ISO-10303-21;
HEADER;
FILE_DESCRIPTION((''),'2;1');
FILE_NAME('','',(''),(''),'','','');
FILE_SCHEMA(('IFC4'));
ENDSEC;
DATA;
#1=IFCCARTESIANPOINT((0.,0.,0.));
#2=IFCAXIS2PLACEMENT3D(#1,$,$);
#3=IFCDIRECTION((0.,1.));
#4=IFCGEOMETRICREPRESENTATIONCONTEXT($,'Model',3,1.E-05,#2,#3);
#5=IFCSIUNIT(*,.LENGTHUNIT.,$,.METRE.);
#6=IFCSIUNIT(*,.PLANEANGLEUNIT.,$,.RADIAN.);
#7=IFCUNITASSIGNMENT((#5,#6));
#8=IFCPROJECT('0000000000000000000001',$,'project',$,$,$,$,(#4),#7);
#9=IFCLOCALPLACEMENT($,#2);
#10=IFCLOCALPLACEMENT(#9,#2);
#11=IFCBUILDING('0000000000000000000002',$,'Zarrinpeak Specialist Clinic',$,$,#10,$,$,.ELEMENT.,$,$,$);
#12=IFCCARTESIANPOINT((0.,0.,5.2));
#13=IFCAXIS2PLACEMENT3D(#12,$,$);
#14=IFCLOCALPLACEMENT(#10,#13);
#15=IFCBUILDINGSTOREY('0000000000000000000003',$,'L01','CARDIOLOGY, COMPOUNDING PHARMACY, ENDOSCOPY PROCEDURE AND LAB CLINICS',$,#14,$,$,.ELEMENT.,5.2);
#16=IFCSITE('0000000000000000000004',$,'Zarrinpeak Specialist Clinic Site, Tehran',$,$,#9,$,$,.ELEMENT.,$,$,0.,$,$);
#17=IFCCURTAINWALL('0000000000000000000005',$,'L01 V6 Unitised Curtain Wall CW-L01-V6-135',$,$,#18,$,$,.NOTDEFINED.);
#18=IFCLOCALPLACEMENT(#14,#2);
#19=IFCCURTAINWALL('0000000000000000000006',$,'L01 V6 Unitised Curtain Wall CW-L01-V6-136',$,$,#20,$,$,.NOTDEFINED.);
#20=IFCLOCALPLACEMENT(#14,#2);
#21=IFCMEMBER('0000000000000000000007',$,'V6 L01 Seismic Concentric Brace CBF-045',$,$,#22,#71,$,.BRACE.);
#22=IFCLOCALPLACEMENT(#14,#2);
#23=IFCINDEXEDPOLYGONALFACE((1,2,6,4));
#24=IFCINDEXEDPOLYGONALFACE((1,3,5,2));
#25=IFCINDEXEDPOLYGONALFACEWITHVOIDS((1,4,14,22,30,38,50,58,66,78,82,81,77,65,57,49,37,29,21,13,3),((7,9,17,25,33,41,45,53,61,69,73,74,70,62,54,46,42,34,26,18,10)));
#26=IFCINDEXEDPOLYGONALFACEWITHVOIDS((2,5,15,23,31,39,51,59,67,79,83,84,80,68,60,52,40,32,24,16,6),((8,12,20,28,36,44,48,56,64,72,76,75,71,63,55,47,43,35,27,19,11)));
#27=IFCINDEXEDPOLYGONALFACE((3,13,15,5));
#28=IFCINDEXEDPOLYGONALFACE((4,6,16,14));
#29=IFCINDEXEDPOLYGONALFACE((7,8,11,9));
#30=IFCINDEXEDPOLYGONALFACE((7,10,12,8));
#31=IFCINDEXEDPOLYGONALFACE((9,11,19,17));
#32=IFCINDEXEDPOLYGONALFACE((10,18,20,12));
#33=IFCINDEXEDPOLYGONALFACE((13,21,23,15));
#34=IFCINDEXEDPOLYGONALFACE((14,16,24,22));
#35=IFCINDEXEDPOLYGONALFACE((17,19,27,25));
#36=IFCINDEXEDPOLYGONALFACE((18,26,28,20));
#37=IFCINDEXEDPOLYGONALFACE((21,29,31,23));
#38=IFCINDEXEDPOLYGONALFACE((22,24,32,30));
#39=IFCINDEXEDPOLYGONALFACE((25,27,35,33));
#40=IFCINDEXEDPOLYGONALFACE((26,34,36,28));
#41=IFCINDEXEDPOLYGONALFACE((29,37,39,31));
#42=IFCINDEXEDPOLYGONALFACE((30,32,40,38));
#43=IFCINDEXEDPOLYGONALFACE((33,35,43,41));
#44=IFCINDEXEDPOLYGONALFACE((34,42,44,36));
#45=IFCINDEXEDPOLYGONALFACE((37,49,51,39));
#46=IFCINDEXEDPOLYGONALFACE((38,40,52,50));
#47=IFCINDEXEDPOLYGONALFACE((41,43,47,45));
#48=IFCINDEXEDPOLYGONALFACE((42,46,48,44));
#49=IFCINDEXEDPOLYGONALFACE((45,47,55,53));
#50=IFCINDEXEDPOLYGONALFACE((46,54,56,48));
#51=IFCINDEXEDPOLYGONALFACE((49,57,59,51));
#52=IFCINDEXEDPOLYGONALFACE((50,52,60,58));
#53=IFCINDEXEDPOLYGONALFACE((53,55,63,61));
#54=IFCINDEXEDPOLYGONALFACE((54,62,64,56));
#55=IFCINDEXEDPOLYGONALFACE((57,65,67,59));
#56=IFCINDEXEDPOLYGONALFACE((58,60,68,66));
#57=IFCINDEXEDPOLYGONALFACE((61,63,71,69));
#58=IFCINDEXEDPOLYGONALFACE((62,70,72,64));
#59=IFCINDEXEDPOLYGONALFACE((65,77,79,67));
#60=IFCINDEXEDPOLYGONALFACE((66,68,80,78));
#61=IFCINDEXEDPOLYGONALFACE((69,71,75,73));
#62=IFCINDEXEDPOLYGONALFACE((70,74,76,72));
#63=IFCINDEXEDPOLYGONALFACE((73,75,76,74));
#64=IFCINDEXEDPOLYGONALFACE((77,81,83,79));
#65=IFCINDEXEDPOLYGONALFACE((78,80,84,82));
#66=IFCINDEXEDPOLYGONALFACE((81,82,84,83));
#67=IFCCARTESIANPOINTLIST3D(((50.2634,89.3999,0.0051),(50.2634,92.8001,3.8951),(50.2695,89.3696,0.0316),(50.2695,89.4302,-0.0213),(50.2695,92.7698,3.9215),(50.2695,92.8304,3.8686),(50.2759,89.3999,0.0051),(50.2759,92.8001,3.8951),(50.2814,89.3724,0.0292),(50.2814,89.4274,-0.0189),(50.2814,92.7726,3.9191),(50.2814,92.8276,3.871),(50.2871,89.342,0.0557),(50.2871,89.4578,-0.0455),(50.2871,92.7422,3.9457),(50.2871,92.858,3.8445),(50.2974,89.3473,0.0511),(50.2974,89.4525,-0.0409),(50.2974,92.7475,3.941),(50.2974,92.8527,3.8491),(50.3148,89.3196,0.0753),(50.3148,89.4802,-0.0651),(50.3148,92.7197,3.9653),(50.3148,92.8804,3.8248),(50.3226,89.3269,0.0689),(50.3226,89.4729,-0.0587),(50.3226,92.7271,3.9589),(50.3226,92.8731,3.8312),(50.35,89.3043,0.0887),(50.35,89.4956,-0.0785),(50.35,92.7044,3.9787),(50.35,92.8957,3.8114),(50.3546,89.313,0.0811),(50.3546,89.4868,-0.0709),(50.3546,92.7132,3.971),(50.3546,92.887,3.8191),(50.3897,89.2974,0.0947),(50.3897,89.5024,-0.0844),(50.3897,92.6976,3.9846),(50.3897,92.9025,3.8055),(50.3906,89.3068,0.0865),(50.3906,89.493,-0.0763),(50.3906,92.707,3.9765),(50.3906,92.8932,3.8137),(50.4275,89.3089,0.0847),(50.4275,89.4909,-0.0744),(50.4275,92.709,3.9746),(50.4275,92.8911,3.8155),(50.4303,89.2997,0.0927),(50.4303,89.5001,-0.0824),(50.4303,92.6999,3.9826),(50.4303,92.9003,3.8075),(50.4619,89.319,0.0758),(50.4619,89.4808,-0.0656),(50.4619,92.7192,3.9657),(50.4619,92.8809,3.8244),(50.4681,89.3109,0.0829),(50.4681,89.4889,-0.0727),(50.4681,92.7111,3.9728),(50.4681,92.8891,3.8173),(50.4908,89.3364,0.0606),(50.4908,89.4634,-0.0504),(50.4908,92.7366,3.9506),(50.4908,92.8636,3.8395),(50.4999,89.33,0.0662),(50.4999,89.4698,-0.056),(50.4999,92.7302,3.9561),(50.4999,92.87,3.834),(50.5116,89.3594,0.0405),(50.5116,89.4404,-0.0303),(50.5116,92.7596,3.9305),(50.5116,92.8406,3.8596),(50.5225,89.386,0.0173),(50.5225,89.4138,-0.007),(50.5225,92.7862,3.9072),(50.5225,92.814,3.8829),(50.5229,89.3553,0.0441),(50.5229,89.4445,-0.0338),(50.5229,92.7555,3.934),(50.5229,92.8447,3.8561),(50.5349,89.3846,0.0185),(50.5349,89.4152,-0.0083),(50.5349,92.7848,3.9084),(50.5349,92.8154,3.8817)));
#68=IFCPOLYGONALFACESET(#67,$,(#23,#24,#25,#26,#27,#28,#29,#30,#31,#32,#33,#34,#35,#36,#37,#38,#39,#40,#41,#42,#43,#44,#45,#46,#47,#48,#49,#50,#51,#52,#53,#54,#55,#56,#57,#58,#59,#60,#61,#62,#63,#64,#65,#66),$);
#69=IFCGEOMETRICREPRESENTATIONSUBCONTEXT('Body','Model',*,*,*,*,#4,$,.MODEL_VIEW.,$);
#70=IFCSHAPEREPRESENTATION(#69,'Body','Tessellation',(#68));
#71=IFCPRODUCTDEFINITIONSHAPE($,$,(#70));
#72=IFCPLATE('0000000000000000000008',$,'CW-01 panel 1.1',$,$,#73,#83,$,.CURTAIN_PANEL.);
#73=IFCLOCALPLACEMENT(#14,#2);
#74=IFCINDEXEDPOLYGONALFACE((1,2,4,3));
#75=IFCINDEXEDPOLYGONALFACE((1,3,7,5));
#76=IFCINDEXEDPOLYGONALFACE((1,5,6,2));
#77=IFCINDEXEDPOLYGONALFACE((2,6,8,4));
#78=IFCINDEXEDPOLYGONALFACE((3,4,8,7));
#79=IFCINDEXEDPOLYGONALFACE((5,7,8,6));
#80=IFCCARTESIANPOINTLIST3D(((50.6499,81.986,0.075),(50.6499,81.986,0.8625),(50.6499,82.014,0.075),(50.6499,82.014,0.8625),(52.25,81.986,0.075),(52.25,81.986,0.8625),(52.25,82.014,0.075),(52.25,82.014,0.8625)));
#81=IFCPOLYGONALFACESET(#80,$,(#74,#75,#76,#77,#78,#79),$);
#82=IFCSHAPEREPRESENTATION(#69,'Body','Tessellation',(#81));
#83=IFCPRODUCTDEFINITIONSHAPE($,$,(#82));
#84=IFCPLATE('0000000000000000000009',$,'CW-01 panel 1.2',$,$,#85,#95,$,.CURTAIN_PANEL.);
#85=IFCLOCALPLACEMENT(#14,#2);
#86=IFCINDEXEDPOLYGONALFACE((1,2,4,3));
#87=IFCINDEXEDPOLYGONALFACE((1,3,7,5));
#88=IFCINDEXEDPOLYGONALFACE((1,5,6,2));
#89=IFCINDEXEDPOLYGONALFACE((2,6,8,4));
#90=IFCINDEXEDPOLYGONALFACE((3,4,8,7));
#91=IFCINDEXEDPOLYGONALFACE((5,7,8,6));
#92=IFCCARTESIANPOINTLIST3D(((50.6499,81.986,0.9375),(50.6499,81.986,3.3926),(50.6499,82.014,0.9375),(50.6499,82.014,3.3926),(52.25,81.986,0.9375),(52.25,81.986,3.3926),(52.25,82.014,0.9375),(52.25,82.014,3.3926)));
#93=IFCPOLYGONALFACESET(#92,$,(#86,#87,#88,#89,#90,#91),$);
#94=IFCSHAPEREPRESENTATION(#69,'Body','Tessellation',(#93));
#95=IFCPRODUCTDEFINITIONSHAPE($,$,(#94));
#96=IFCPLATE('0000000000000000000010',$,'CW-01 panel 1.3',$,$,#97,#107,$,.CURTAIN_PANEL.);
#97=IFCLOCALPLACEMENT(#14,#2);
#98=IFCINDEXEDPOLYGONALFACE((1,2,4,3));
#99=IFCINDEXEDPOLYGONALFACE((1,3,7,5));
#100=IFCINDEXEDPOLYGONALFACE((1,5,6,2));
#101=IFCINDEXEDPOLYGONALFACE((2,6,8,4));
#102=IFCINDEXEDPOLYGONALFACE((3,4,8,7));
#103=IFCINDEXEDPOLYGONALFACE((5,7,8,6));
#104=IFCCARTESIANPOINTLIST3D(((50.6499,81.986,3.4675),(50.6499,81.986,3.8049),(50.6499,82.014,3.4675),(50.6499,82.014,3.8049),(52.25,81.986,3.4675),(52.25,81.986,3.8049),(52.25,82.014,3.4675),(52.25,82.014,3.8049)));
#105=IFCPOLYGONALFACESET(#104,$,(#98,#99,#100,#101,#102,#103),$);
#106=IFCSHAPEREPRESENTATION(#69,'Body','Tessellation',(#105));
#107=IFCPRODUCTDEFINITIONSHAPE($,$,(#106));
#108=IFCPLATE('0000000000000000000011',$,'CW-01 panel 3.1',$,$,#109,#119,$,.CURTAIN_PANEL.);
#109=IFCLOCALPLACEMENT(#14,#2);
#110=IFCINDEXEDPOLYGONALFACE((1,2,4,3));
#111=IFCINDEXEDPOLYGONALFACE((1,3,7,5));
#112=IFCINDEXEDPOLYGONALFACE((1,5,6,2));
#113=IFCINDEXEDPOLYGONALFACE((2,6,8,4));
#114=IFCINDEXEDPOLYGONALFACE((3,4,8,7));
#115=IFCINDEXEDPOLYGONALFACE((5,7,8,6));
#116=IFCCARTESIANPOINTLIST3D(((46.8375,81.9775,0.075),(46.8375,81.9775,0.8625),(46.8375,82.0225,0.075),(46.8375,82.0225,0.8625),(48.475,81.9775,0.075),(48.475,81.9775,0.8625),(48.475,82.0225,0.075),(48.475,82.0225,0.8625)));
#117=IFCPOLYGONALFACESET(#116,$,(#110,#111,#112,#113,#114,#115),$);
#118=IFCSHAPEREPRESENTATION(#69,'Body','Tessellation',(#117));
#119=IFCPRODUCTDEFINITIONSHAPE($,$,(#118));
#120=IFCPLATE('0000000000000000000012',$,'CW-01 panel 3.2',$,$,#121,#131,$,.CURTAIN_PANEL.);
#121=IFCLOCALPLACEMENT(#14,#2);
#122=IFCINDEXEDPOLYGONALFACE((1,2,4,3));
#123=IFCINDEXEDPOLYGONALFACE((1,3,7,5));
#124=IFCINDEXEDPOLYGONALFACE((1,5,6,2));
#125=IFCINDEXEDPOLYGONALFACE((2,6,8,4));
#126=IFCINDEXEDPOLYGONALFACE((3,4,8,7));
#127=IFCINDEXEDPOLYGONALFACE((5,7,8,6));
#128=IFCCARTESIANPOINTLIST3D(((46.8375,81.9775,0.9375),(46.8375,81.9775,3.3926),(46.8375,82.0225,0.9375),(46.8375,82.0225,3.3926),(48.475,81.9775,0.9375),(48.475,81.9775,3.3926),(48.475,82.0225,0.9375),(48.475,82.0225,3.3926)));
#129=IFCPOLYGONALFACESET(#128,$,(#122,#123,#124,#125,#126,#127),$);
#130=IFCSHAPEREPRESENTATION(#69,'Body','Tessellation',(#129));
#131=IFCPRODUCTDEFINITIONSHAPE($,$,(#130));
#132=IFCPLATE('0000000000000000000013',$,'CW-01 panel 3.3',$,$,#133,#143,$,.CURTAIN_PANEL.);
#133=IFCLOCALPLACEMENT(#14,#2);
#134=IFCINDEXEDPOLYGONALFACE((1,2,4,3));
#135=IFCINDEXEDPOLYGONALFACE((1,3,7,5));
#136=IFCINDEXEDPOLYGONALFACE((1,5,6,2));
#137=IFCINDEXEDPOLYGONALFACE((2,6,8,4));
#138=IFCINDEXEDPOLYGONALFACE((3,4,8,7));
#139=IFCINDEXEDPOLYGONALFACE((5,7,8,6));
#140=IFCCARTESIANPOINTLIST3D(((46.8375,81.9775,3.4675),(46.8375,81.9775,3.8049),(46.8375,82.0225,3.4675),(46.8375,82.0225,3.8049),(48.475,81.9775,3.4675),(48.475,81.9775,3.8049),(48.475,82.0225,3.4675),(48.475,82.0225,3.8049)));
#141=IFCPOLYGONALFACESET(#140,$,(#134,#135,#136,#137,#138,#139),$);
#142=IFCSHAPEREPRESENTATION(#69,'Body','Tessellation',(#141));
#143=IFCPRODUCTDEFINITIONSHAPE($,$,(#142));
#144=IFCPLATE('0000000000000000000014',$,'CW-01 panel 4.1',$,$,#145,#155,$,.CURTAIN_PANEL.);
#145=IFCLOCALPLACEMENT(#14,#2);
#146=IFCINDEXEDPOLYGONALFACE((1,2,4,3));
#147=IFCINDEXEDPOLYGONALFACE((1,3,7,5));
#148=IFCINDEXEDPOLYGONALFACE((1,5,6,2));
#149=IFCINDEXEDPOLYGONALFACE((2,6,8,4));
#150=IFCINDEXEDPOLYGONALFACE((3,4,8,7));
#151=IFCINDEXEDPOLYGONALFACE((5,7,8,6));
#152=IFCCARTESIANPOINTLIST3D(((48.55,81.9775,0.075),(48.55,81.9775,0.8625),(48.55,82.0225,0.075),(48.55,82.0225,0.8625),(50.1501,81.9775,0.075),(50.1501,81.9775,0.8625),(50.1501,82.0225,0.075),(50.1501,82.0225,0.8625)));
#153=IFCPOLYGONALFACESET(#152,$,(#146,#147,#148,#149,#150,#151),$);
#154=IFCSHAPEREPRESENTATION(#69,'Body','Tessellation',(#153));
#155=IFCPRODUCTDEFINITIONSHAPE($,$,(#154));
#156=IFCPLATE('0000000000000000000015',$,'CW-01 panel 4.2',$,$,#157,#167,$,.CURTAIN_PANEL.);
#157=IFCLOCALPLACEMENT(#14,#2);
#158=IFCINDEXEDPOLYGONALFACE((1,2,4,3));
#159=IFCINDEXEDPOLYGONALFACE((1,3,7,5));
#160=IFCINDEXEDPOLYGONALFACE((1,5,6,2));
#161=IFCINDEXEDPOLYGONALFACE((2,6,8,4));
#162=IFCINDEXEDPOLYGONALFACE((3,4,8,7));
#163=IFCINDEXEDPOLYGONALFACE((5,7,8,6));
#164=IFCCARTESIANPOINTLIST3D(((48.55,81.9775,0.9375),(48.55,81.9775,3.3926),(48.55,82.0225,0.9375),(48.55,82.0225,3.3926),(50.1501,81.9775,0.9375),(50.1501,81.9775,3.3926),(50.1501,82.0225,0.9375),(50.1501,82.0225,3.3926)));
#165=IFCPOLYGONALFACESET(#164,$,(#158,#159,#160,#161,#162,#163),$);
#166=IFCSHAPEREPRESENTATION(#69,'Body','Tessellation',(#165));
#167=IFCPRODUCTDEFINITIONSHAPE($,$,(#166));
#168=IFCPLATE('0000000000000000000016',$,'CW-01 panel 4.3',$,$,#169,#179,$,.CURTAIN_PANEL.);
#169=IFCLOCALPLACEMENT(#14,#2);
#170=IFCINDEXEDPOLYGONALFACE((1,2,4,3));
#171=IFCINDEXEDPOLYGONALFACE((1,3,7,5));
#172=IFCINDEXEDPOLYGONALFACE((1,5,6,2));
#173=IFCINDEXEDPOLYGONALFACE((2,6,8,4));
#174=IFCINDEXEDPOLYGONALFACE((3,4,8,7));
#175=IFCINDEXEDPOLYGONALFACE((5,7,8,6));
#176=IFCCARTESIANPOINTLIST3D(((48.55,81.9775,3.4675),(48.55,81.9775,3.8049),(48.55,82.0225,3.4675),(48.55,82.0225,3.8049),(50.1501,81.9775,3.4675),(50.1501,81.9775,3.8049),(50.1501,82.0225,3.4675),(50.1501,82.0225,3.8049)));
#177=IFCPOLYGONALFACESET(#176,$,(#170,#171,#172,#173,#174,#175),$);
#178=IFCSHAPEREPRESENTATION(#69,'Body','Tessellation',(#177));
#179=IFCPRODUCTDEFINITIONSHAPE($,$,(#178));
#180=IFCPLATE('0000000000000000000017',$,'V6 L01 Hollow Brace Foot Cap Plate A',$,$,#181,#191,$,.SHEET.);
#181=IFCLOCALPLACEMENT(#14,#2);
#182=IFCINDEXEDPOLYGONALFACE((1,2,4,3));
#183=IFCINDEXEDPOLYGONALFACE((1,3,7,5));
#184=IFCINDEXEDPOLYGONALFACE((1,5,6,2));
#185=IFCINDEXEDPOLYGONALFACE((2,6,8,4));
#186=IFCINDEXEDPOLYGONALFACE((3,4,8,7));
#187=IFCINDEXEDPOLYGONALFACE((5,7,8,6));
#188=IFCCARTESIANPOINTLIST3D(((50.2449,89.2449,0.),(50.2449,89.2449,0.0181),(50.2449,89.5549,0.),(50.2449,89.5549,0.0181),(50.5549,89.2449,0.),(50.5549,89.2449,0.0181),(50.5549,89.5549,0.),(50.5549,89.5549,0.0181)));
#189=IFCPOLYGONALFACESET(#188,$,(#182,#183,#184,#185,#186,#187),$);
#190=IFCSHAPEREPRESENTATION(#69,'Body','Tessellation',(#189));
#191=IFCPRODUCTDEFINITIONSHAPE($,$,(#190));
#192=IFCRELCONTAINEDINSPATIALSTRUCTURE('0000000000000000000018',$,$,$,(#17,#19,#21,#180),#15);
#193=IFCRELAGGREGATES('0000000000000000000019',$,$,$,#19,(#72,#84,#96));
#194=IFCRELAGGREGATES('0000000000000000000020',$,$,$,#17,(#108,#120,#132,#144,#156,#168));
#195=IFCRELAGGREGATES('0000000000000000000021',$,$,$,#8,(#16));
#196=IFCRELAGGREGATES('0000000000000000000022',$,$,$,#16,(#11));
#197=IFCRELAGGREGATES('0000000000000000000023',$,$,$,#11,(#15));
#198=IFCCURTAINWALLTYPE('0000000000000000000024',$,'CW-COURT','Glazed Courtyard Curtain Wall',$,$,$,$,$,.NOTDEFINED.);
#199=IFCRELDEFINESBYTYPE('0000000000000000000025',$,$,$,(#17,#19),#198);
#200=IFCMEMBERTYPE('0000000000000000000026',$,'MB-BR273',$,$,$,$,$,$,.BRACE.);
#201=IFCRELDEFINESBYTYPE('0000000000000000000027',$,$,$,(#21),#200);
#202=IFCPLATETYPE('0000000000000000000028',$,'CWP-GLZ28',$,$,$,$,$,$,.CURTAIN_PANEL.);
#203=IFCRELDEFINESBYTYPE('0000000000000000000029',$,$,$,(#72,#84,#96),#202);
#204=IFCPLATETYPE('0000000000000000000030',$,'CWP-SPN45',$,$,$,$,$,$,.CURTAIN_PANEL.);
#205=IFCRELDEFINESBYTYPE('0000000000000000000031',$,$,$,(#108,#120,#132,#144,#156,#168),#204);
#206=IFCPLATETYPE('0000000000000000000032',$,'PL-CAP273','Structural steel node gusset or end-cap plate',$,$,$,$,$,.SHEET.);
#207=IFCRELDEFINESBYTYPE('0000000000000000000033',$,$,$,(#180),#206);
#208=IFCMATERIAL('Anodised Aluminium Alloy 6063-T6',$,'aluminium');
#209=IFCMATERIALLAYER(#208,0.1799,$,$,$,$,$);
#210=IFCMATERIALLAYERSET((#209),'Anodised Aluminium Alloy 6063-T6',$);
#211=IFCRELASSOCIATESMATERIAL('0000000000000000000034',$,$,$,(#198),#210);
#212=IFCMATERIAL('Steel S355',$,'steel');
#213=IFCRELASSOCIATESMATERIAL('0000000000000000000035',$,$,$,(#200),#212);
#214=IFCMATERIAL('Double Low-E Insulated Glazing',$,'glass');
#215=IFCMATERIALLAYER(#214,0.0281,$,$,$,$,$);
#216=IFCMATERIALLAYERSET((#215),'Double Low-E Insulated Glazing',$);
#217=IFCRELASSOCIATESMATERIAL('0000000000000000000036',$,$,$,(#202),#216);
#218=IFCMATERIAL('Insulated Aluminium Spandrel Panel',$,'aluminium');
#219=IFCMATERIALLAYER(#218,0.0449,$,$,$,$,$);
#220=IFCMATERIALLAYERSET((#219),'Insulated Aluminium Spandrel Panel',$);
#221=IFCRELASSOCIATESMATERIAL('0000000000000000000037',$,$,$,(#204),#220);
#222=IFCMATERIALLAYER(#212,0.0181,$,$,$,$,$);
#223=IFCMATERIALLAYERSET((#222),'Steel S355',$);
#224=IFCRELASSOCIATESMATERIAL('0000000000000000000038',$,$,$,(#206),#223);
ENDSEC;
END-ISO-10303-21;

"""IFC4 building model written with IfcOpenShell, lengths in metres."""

from ifc_helpers import new_model, si_unit, direction, frame, origin, origin_2d, place, context, subcontext, project, spatial, rectangle, hollow_circle, extrude, material, layer, layer_set, material_profile, profile_set, type_object, element, aggregate, save


model = new_model("IFC4")

# Units and contexts
model_context = context("Model", 3, precision=1e-05, world=origin(), true_north=direction((0.0, 1.0)))
body_context = subcontext(model_context, "Body", "Model", "MODEL_VIEW")
ifc_project = project(units=[si_unit("LENGTHUNIT", "METRE"), si_unit("PLANEANGLEUNIT", "RADIAN")], contexts=[model_context])

# Site, building, storey
site_placement = place(None, origin())
site = spatial("IfcSite", under=ifc_project, at=site_placement, Name="Zarrinpeak Specialist Clinic Site, Tehran", CompositionType="ELEMENT", RefElevation=0.0)
building_placement = place(site_placement, origin())
building = spatial("IfcBuilding", under=site, at=building_placement, Name="Zarrinpeak Specialist Clinic", CompositionType="ELEMENT")
storey_placement = place(building_placement, frame((0.0, 0.0, 5.2)))
storey = spatial("IfcBuildingStorey", under=building, at=storey_placement, Name="L01", Description="CARDIOLOGY, COMPOUNDING PHARMACY, ENDOSCOPY PROCEDURE AND LAB CLINICS", CompositionType="ELEMENT", Elevation=5.2)

# Shared definitions
ifc_material_1 = material(Name="Steel S355", Category="steel")

# Curtain wall
ifc_material_2 = material(Name="Anodised Aluminium Alloy 6063-T6", Category="aluminium")
ifc_layer_1 = layer(ifc_material_2, 0.1799)
ifc_layer_set_1 = layer_set([ifc_layer_1], Name="Anodised Aluminium Alloy 6063-T6")
curtain_wall_type = type_object("IfcCurtainWallType", Name="CW-COURT", Description="Glazed Courtyard Curtain Wall", PredefinedType="NOTDEFINED", material=ifc_layer_set_1)
curtain_wall_1_placement = place(storey_placement, origin())
curtain_wall_1 = element("IfcCurtainWall", 1, at=curtain_wall_1_placement, inside=storey, type_object=curtain_wall_type, Name="L01 V6 Unitised Curtain Wall CW-L01-V6-135", PredefinedType="NOTDEFINED")

# Curtain wall
curtain_wall_2_placement = place(storey_placement, origin())
curtain_wall_2 = element("IfcCurtainWall", 2, at=curtain_wall_2_placement, inside=storey, type_object=curtain_wall_type, Name="L01 V6 Unitised Curtain Wall CW-L01-V6-136", PredefinedType="NOTDEFINED")

# Member
ifc_material_profile_1 = material_profile(ifc_material_1, hollow_circle(Radius=0.1365, WallThickness=0.0125, at=origin_2d()), Name="CHS 273.0x12.5")
ifc_profile_set_1 = profile_set([ifc_material_profile_1], Name="Steel S355")
member_type_1 = type_object("IfcMemberType", Name="MB-BR273", PredefinedType="BRACE", material=ifc_profile_set_1)
member_1_placement = place(storey_placement, frame((50.3999, 89.3999, 0.0051), z_axis=(0.0, 0.65812, 0.752913), x_axis=(-1.0, 0.0, 0.0)))
element("IfcMember", 3, at=member_1_placement, inside=storey, type_object=member_type_1, Name="V6 L01 Seismic Concentric Brace CBF-045", PredefinedType="BRACE", context=body_context, shape_type="SweptSolid", body=[
    extrude(hollow_circle(Radius=0.1365, WallThickness=0.0125, at=origin_2d()), origin(), (0.0, 0.0, 1.0), 5.1665),
])

# Plates
ifc_material_3 = material(Name="Double Low-E Insulated Glazing", Category="glass")
ifc_layer_2 = layer(ifc_material_3, 0.0281)
ifc_layer_set_2 = layer_set([ifc_layer_2], Name="Double Low-E Insulated Glazing")
plate_type_1 = type_object("IfcPlateType", Name="CWP-GLZ28", PredefinedType="CURTAIN_PANEL", material=ifc_layer_set_2)
plate_1_placement = place(storey_placement, frame((51.45, 82.0, 0.075), z_axis=(0.0, 0.0, 1.0), x_axis=(1.0, 0.0, 0.0)))
plate_1 = element("IfcPlate", 4, at=plate_1_placement, type_object=plate_type_1, Name="CW-01 panel 1.1", PredefinedType="CURTAIN_PANEL", context=body_context, shape_type="SweptSolid", body=[
    extrude(rectangle(XDim=1.6001, YDim=0.0281, at=origin_2d()), origin(), (0.0, 0.0, 1.0), 0.7876),
])
plate_2_placement = place(storey_placement, frame((51.45, 82.0, 0.9375), z_axis=(0.0, 0.0, 1.0), x_axis=(1.0, 0.0, 0.0)))
plate_2 = element("IfcPlate", 5, at=plate_2_placement, type_object=plate_type_1, Name="CW-01 panel 1.2", PredefinedType="CURTAIN_PANEL", context=body_context, shape_type="SweptSolid", body=[
    extrude(rectangle(XDim=1.6001, YDim=0.0281, at=origin_2d()), origin(), (0.0, 0.0, 1.0), 2.4551),
])
plate_3_placement = place(storey_placement, frame((51.45, 82.0, 3.4675), z_axis=(0.0, 0.0, 1.0), x_axis=(1.0, 0.0, 0.0)))
plate_3 = element("IfcPlate", 6, at=plate_3_placement, type_object=plate_type_1, Name="CW-01 panel 1.3", PredefinedType="CURTAIN_PANEL", context=body_context, shape_type="SweptSolid", body=[
    extrude(rectangle(XDim=1.6001, YDim=0.0281, at=origin_2d()), origin(), (0.0, 0.0, 1.0), 0.3374),
])
aggregate(curtain_wall_2, [plate_1, plate_2, plate_3])
ifc_material_4 = material(Name="Insulated Aluminium Spandrel Panel", Category="aluminium")
ifc_layer_3 = layer(ifc_material_4, 0.0449)
ifc_layer_set_3 = layer_set([ifc_layer_3], Name="Insulated Aluminium Spandrel Panel")
plate_type_2 = type_object("IfcPlateType", Name="CWP-SPN45", PredefinedType="CURTAIN_PANEL", material=ifc_layer_set_3)
plate_4_placement = place(storey_placement, frame((47.6562, 82.0, 0.075), z_axis=(0.0, 0.0, 1.0), x_axis=(1.0, 0.0, 0.0)))
plate_4 = element("IfcPlate", 7, at=plate_4_placement, type_object=plate_type_2, Name="CW-01 panel 3.1", PredefinedType="CURTAIN_PANEL", context=body_context, shape_type="SweptSolid", body=[
    extrude(rectangle(XDim=1.6375, YDim=0.0449, at=origin_2d()), origin(), (0.0, 0.0, 1.0), 0.7876),
])
plate_5_placement = place(storey_placement, frame((47.6562, 82.0, 0.9375), z_axis=(0.0, 0.0, 1.0), x_axis=(1.0, 0.0, 0.0)))
plate_5 = element("IfcPlate", 8, at=plate_5_placement, type_object=plate_type_2, Name="CW-01 panel 3.2", PredefinedType="CURTAIN_PANEL", context=body_context, shape_type="SweptSolid", body=[
    extrude(rectangle(XDim=1.6375, YDim=0.0449, at=origin_2d()), origin(), (0.0, 0.0, 1.0), 2.4551),
])
plate_6_placement = place(storey_placement, frame((47.6562, 82.0, 3.4675), z_axis=(0.0, 0.0, 1.0), x_axis=(1.0, 0.0, 0.0)))
plate_6 = element("IfcPlate", 9, at=plate_6_placement, type_object=plate_type_2, Name="CW-01 panel 3.3", PredefinedType="CURTAIN_PANEL", context=body_context, shape_type="SweptSolid", body=[
    extrude(rectangle(XDim=1.6375, YDim=0.0449, at=origin_2d()), origin(), (0.0, 0.0, 1.0), 0.3374),
])
plate_7_placement = place(storey_placement, frame((49.3501, 82.0, 0.075), z_axis=(0.0, 0.0, 1.0), x_axis=(1.0, 0.0, 0.0)))
plate_7 = element("IfcPlate", 10, at=plate_7_placement, type_object=plate_type_2, Name="CW-01 panel 4.1", PredefinedType="CURTAIN_PANEL", context=body_context, shape_type="SweptSolid", body=[
    extrude(rectangle(XDim=1.6001, YDim=0.0449, at=origin_2d()), origin(), (0.0, 0.0, 1.0), 0.7876),
])
plate_8_placement = place(storey_placement, frame((49.3501, 82.0, 0.9375), z_axis=(0.0, 0.0, 1.0), x_axis=(1.0, 0.0, 0.0)))
plate_8 = element("IfcPlate", 11, at=plate_8_placement, type_object=plate_type_2, Name="CW-01 panel 4.2", PredefinedType="CURTAIN_PANEL", context=body_context, shape_type="SweptSolid", body=[
    extrude(rectangle(XDim=1.6001, YDim=0.0449, at=origin_2d()), origin(), (0.0, 0.0, 1.0), 2.4551),
])
plate_9_placement = place(storey_placement, frame((49.3501, 82.0, 3.4675), z_axis=(0.0, 0.0, 1.0), x_axis=(1.0, 0.0, 0.0)))
plate_9 = element("IfcPlate", 12, at=plate_9_placement, type_object=plate_type_2, Name="CW-01 panel 4.3", PredefinedType="CURTAIN_PANEL", context=body_context, shape_type="SweptSolid", body=[
    extrude(rectangle(XDim=1.6001, YDim=0.0449, at=origin_2d()), origin(), (0.0, 0.0, 1.0), 0.3374),
])
aggregate(curtain_wall_1, [plate_4, plate_5, plate_6, plate_7, plate_8, plate_9])

# Plate
ifc_layer_4 = layer(ifc_material_1, 0.0181)
ifc_layer_set_4 = layer_set([ifc_layer_4], Name="Steel S355")
plate_type_3 = type_object("IfcPlateType", Name="PL-CAP273", Description="Structural steel node gusset or end-cap plate", PredefinedType="SHEET", material=ifc_layer_set_4)
plate_10_placement = place(storey_placement, frame((50.3999, 89.3999, 0.0), z_axis=(0.0, 0.0, 1.0), x_axis=(1.0, 0.0, 0.0)))
element("IfcPlate", 13, at=plate_10_placement, inside=storey, type_object=plate_type_3, Name="V6 L01 Hollow Brace Foot Cap Plate A", PredefinedType="SHEET", context=body_context, shape_type="SweptSolid", body=[
    extrude(rectangle(XDim=0.3101, YDim=0.3101, at=origin_2d()), origin(), (0.0, 0.0, 1.0), 0.0181),
])

save(model, "model.ifc")
